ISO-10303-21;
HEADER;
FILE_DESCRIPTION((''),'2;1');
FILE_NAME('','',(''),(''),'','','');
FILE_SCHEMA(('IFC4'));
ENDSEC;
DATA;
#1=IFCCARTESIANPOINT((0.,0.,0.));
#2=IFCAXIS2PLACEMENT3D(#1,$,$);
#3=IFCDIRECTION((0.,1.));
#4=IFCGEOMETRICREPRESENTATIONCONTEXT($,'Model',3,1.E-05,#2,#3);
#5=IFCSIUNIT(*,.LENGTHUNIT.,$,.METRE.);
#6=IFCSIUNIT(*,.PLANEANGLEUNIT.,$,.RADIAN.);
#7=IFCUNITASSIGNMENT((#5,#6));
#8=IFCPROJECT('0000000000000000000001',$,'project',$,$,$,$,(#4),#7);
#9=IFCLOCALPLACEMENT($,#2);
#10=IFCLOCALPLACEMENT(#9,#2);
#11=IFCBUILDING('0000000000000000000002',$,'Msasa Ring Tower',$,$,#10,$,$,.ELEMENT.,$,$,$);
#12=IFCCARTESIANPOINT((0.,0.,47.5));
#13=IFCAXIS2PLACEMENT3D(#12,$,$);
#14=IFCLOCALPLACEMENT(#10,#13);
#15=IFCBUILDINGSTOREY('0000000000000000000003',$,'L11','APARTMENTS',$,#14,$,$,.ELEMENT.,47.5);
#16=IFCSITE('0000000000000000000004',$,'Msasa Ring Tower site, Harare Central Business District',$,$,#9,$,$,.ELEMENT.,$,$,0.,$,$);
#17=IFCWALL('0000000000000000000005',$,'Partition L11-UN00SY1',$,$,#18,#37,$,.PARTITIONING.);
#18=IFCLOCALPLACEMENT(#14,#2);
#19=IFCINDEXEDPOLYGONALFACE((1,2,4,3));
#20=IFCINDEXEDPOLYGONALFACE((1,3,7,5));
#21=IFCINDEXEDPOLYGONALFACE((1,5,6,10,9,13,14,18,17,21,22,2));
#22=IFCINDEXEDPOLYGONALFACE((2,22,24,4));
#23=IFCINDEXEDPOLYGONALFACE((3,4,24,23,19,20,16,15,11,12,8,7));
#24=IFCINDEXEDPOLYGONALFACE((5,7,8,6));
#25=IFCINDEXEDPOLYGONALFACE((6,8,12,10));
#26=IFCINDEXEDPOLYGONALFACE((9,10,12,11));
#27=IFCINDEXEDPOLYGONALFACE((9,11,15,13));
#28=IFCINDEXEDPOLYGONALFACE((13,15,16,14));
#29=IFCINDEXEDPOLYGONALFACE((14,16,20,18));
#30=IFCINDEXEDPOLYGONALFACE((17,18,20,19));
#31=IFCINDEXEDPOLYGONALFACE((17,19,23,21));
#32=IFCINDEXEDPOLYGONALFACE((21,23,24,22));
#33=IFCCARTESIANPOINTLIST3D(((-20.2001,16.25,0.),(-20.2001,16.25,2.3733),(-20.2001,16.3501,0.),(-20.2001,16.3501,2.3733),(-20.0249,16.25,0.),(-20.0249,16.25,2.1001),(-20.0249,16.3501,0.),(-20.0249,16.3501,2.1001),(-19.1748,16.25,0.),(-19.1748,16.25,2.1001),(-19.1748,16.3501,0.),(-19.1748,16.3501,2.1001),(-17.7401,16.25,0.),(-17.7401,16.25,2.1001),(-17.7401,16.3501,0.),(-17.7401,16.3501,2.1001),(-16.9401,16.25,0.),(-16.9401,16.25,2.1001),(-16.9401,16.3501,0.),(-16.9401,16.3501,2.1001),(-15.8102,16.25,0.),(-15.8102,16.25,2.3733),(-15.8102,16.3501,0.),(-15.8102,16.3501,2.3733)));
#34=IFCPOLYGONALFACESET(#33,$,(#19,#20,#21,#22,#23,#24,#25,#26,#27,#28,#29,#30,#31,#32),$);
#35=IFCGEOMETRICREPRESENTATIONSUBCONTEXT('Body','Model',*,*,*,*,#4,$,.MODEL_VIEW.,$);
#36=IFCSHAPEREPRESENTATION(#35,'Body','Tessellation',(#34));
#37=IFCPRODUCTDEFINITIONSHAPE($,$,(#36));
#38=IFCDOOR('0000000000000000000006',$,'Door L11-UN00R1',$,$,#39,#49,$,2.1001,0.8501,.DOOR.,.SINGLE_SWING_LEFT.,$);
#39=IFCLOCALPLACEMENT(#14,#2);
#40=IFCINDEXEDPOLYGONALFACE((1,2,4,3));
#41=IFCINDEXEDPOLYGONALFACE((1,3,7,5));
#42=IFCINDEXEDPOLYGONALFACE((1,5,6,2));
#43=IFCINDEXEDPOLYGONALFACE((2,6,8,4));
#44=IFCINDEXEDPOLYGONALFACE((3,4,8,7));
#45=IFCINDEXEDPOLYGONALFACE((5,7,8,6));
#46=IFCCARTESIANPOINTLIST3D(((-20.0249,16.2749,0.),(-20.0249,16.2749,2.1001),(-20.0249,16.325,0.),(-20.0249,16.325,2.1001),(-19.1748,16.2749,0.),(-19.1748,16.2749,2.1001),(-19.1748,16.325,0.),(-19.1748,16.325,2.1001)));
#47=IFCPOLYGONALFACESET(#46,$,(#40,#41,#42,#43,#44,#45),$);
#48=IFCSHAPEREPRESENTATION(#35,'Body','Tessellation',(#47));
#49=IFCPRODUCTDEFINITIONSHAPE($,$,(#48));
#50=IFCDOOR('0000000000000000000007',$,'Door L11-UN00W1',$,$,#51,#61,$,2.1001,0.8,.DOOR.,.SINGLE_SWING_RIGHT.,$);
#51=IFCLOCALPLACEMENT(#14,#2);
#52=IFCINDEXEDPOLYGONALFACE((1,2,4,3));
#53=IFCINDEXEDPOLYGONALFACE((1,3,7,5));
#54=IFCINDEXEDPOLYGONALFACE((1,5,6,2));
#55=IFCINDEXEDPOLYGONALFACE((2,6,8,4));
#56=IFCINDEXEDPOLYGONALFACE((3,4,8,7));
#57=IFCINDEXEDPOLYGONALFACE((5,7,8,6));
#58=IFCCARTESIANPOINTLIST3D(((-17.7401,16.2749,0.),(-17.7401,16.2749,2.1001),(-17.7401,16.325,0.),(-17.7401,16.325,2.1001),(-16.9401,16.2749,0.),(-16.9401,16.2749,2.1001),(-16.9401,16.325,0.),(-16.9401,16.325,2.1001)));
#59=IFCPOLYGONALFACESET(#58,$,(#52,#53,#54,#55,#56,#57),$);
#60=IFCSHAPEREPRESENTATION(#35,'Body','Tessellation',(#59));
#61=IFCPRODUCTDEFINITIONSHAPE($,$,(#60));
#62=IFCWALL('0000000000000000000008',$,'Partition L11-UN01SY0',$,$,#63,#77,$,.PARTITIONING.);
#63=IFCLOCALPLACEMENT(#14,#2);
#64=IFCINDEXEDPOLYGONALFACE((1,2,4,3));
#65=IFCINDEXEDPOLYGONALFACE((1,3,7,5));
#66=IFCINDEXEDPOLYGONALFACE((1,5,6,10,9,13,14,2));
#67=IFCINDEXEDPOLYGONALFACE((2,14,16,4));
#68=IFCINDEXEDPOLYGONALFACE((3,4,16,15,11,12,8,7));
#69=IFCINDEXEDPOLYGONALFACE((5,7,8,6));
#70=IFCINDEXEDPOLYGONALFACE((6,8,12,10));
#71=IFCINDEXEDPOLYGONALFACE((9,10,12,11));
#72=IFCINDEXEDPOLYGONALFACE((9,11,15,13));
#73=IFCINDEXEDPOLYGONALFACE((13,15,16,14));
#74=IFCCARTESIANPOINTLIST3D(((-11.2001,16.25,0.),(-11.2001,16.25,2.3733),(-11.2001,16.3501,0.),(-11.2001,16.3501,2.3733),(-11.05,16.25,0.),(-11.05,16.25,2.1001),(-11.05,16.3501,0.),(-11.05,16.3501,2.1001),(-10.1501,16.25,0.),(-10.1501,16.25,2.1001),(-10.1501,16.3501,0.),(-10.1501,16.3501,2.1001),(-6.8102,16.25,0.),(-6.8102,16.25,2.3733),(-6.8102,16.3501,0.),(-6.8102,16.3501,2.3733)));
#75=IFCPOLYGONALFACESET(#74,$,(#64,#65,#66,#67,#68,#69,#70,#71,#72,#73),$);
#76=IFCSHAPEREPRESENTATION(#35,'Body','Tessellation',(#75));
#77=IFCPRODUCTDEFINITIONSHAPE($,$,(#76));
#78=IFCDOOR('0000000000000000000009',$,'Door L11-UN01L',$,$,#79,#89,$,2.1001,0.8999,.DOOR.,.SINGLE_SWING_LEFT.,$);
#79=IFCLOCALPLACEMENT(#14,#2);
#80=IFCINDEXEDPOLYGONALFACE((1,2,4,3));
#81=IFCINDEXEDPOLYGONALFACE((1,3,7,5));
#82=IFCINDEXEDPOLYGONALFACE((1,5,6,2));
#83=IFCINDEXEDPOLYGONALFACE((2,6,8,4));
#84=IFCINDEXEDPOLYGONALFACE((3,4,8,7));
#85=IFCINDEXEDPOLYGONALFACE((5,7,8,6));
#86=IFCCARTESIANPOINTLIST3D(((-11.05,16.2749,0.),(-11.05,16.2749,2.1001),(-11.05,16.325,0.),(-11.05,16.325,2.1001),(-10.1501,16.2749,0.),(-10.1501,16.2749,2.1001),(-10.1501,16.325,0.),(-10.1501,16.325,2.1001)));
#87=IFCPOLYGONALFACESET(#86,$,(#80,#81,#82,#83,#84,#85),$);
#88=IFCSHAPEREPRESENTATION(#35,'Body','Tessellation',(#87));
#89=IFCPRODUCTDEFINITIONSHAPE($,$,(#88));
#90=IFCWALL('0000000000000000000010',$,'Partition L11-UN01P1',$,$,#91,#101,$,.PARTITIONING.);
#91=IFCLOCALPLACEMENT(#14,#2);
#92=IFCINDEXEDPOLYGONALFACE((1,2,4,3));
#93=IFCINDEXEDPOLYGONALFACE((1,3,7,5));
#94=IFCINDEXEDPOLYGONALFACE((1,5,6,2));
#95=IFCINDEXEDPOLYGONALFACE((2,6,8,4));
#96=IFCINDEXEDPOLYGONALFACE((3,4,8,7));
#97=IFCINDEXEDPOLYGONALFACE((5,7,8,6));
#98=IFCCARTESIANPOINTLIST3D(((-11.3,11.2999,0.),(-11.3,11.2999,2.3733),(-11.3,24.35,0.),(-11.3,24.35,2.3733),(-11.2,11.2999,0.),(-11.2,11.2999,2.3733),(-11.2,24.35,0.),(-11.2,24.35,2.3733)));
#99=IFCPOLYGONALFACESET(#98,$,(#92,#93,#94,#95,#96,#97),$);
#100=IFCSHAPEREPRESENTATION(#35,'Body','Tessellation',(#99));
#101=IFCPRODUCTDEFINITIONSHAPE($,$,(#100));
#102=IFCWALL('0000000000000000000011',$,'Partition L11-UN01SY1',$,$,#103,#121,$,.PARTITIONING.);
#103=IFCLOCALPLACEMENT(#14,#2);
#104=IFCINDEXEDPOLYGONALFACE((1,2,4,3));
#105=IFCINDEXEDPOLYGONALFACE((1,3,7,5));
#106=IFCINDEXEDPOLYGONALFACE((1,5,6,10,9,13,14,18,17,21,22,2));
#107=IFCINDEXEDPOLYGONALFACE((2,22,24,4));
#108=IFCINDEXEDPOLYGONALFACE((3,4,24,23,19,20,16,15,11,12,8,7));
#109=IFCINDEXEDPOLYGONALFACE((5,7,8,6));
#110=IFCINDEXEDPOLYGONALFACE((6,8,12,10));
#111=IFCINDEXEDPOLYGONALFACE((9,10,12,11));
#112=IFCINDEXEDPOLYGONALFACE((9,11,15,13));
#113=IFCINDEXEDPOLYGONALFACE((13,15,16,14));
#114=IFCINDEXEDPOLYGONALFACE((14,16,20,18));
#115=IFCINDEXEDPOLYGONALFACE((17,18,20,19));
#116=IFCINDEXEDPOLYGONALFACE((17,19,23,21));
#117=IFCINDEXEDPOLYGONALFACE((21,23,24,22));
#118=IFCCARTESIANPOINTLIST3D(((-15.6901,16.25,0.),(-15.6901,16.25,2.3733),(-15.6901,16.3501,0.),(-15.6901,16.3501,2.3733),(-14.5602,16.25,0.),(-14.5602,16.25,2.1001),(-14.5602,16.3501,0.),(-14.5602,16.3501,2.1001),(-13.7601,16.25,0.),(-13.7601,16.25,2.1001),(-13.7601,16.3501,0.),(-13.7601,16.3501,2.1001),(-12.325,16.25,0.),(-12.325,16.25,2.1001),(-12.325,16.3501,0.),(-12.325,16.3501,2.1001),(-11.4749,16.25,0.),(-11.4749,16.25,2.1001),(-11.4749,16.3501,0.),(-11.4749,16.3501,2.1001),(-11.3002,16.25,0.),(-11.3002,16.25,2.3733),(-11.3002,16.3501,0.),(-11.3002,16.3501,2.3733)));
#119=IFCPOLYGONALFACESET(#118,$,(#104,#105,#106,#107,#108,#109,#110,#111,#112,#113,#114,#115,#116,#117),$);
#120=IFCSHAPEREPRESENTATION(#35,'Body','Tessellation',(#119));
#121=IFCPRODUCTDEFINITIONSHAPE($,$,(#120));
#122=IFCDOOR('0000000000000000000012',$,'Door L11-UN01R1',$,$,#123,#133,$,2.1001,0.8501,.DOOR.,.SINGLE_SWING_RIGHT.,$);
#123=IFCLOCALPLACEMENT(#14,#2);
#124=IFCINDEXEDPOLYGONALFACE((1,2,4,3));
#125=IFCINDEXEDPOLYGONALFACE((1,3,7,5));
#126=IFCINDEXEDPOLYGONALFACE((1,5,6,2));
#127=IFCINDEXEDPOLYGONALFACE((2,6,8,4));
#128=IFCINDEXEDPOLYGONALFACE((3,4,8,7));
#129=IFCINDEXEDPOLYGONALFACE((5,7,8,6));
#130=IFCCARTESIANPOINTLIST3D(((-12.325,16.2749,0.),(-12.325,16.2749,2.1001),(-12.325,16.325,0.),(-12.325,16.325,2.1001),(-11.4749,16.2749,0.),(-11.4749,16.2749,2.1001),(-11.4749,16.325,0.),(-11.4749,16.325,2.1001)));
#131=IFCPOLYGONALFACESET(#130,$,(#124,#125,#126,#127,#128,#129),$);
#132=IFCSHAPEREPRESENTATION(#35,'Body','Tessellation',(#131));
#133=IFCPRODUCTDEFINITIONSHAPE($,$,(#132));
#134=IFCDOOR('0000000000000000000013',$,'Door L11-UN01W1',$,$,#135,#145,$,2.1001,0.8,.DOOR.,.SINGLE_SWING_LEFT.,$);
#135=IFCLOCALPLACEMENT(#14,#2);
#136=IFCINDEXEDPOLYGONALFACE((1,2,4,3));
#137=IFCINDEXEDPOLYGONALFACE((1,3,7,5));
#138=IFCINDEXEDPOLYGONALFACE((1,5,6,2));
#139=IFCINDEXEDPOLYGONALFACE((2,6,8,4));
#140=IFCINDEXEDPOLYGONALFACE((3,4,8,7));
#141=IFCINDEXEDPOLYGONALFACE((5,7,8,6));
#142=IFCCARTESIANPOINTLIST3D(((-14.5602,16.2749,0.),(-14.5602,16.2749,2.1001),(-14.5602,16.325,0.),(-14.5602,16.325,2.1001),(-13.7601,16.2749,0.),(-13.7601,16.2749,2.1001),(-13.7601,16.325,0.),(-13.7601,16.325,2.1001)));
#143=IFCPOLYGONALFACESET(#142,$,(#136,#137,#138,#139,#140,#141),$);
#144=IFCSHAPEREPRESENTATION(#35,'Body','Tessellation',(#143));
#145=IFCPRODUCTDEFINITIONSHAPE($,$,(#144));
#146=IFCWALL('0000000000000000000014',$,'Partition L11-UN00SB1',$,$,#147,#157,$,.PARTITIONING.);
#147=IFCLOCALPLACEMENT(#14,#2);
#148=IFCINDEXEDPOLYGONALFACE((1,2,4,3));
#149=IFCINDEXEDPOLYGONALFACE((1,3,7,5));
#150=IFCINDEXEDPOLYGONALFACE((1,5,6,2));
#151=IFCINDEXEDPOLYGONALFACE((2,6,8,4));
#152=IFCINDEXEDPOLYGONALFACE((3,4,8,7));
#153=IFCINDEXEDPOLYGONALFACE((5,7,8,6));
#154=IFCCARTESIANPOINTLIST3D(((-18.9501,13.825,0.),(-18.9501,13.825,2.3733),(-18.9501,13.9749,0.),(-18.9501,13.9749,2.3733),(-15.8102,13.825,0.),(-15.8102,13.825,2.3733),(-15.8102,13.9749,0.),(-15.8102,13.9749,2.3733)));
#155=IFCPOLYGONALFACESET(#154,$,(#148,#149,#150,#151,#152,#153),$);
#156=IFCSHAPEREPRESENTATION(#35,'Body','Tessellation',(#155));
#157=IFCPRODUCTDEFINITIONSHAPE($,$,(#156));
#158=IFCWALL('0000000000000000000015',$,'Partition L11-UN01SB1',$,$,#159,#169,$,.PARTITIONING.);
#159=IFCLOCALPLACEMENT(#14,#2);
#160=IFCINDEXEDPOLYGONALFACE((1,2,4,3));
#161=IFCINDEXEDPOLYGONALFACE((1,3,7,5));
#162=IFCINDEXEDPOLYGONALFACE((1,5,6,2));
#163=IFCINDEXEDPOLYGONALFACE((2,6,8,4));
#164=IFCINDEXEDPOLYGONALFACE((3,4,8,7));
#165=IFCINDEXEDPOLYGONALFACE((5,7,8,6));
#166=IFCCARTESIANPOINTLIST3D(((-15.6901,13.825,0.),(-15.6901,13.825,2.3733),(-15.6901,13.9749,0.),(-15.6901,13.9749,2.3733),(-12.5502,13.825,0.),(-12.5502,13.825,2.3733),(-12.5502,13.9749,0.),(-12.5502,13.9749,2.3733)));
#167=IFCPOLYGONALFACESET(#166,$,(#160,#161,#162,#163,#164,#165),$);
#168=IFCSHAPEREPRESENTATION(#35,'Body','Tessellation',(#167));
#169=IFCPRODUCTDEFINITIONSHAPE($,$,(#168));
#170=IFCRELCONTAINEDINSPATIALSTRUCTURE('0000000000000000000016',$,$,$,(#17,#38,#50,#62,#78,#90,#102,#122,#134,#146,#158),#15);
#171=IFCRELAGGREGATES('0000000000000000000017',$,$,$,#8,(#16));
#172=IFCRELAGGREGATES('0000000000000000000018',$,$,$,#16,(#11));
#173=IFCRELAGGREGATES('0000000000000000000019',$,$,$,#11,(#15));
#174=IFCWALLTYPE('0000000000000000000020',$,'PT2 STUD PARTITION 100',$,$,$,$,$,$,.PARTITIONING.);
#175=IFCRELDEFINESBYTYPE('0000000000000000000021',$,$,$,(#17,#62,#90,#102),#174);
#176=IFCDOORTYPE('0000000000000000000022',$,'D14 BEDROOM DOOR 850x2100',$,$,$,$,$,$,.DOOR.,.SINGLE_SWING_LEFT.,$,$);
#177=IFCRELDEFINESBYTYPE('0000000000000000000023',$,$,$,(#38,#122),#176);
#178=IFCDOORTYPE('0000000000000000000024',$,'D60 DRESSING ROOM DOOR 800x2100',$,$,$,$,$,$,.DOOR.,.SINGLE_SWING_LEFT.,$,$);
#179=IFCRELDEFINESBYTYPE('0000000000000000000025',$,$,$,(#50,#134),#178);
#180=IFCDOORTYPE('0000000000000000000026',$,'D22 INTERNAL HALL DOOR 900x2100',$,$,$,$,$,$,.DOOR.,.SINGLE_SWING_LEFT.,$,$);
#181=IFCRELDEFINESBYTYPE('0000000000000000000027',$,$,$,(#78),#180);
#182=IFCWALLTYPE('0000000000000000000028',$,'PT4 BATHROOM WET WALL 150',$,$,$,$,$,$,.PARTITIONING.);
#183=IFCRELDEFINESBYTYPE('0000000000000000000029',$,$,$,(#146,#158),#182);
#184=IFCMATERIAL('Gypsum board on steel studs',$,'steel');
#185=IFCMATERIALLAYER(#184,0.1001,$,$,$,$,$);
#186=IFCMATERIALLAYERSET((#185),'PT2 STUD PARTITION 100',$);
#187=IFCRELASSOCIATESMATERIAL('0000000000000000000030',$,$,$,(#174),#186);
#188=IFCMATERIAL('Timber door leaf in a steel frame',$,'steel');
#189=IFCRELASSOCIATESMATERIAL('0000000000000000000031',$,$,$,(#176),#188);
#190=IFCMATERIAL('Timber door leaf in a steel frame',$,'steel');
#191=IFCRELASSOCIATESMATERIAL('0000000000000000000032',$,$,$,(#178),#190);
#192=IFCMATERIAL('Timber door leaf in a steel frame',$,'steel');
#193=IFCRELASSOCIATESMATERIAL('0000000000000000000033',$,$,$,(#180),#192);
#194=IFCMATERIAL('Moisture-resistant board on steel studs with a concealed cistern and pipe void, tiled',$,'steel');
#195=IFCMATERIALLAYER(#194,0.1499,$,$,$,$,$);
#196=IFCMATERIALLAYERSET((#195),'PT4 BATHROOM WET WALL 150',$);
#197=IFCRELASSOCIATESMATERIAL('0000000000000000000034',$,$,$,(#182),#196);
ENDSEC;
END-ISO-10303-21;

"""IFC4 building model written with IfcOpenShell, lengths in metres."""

from ifc_helpers import new_model, si_unit, direction, frame, frame_2d, origin, place, context, subcontext, project, spatial, rectangle, extrude, material, layer, layer_set, type_object, element, fill, save


model = new_model("IFC4")

# Units and contexts
model_context = context("Model", 3, precision=1e-05, world=origin(), true_north=direction((0.0, 1.0)))
body_context = subcontext(model_context, "Body", "Model", "MODEL_VIEW")
ifc_project = project(units=[si_unit("LENGTHUNIT", "METRE"), si_unit("PLANEANGLEUNIT", "RADIAN")], contexts=[model_context])

# Site, building, storey
site_placement = place(None, origin())
site = spatial("IfcSite", under=ifc_project, at=site_placement, Name="Msasa Ring Tower site, Harare Central Business District", CompositionType="ELEMENT", RefElevation=0.0)
building_placement = place(site_placement, origin())
building = spatial("IfcBuilding", under=site, at=building_placement, Name="Msasa Ring Tower", CompositionType="ELEMENT")
storey_placement = place(building_placement, frame((0.0, 0.0, 47.5)))
storey = spatial("IfcBuildingStorey", under=building, at=storey_placement, Name="L11", Description="APARTMENTS", CompositionType="ELEMENT", Elevation=47.5)

# Wall, openings, doors
ifc_material_1 = material(Name="Gypsum board on steel studs", Category="steel")
ifc_layer_1 = layer(ifc_material_1, 0.1001)
ifc_layer_set_1 = layer_set([ifc_layer_1], Name="PT2 STUD PARTITION 100")
wall_type_1 = type_object("IfcWallType", Name="PT2 STUD PARTITION 100", PredefinedType="PARTITIONING", material=ifc_layer_set_1)
wall_1_placement = place(storey_placement, frame((-20.2, 16.3, 0.0), z_axis=(0.0, 0.0, 1.0), x_axis=(1.0, 0.0, 0.0)))
wall_1 = element("IfcWall", 1, at=wall_1_placement, inside=storey, type_object=wall_type_1, Name="Partition L11-UN00SY1", PredefinedType="PARTITIONING", context=body_context, shape_type="SweptSolid", body=[
    extrude(rectangle(XDim=4.3899, YDim=0.1001, at=frame_2d((2.1948, 0.0))), origin(), (0.0, 0.0, 1.0), 2.3733),
])
opening_1_placement = place(wall_1_placement, frame((0.175, 0.0, 0.0)))
opening_1 = element("IfcOpeningElement", 2, at=opening_1_placement, cuts=wall_1, PredefinedType="OPENING", context=body_context, shape_type="SweptSolid", body=[
    extrude(rectangle(XDim=0.8501, YDim=2.1001, at=frame_2d((0.425, 1.05))), frame((0.0, 0.0601, 0.0), z_axis=(0.0, -1.0, 0.0), x_axis=(1.0, 0.0, 0.0)), (0.0, 0.0, 1.0), 0.1201),
])
opening_2_placement = place(wall_1_placement, frame((2.46, 0.0, 0.0)))
opening_2 = element("IfcOpeningElement", 3, at=opening_2_placement, cuts=wall_1, PredefinedType="OPENING", context=body_context, shape_type="SweptSolid", body=[
    extrude(rectangle(XDim=0.8, YDim=2.1001, at=frame_2d((0.3999, 1.05))), frame((0.0, 0.0601, 0.0), z_axis=(0.0, -1.0, 0.0), x_axis=(1.0, 0.0, 0.0)), (0.0, 0.0, 1.0), 0.1201),
])
ifc_material_2 = material(Name="Timber door leaf in a steel frame", Category="steel")
door_type_1 = type_object("IfcDoorType", Name="D14 BEDROOM DOOR 850x2100", OperationType="SINGLE_SWING_LEFT", PredefinedType="DOOR", material=ifc_material_2)
door_1_placement = place(opening_1_placement, origin())
door_1 = element("IfcDoor", 4, at=door_1_placement, inside=storey, type_object=door_type_1, Name="Door L11-UN00R1", OperationType="SINGLE_SWING_LEFT", OverallHeight=2.1001, OverallWidth=0.8501, PredefinedType="DOOR", context=body_context, shape_type="SweptSolid", body=[
    extrude(rectangle(XDim=0.8501, YDim=2.1001, at=frame_2d((0.425, 1.05))), frame((0.0, 0.0249, 0.0), z_axis=(0.0, -1.0, 0.0), x_axis=(1.0, 0.0, 0.0)), (0.0, 0.0, 1.0), 0.05),
])
fill(opening_1, door_1)
ifc_material_3 = material(Name="Timber door leaf in a steel frame", Category="steel")
door_type_2 = type_object("IfcDoorType", Name="D60 DRESSING ROOM DOOR 800x2100", OperationType="SINGLE_SWING_LEFT", PredefinedType="DOOR", material=ifc_material_3)
door_2_placement = place(opening_2_placement, origin())
door_2 = element("IfcDoor", 5, at=door_2_placement, inside=storey, type_object=door_type_2, Name="Door L11-UN00W1", OperationType="SINGLE_SWING_RIGHT", OverallHeight=2.1001, OverallWidth=0.8, PredefinedType="DOOR", context=body_context, shape_type="SweptSolid", body=[
    extrude(rectangle(XDim=0.8, YDim=2.1001, at=frame_2d((0.3999, 1.05))), frame((0.0, 0.0249, 0.0), z_axis=(0.0, -1.0, 0.0), x_axis=(1.0, 0.0, 0.0)), (0.0, 0.0, 1.0), 0.05),
])
fill(opening_2, door_2)

# Wall, opening, door
wall_2_placement = place(storey_placement, frame((-11.2, 16.3, 0.0), z_axis=(0.0, 0.0, 1.0), x_axis=(1.0, 0.0, 0.0)))
wall_2 = element("IfcWall", 6, at=wall_2_placement, inside=storey, type_object=wall_type_1, Name="Partition L11-UN01SY0", PredefinedType="PARTITIONING", context=body_context, shape_type="SweptSolid", body=[
    extrude(rectangle(XDim=4.3899, YDim=0.1001, at=frame_2d((2.1948, 0.0))), origin(), (0.0, 0.0, 1.0), 2.3733),
])
opening_3_placement = place(wall_2_placement, frame((0.1499, 0.0, 0.0)))
opening_3 = element("IfcOpeningElement", 7, at=opening_3_placement, cuts=wall_2, PredefinedType="OPENING", context=body_context, shape_type="SweptSolid", body=[
    extrude(rectangle(XDim=0.8999, YDim=2.1001, at=frame_2d((0.45, 1.05))), frame((0.0, 0.0601, 0.0), z_axis=(0.0, -1.0, 0.0), x_axis=(1.0, 0.0, 0.0)), (0.0, 0.0, 1.0), 0.1201),
])
ifc_material_4 = material(Name="Timber door leaf in a steel frame", Category="steel")
door_type_3 = type_object("IfcDoorType", Name="D22 INTERNAL HALL DOOR 900x2100", OperationType="SINGLE_SWING_LEFT", PredefinedType="DOOR", material=ifc_material_4)
door_3_placement = place(opening_3_placement, origin())
door_3 = element("IfcDoor", 8, at=door_3_placement, inside=storey, type_object=door_type_3, Name="Door L11-UN01L", OperationType="SINGLE_SWING_LEFT", OverallHeight=2.1001, OverallWidth=0.8999, PredefinedType="DOOR", context=body_context, shape_type="SweptSolid", body=[
    extrude(rectangle(XDim=0.8999, YDim=2.1001, at=frame_2d((0.45, 1.05))), frame((0.0, 0.0249, 0.0), z_axis=(0.0, -1.0, 0.0), x_axis=(1.0, 0.0, 0.0)), (0.0, 0.0, 1.0), 0.05),
])
fill(opening_3, door_3)

# Wall
wall_3_placement = place(storey_placement, frame((-11.25, 11.3, 0.0), z_axis=(0.0, 0.0, 1.0), x_axis=(0.0, 1.0, 0.0)))
element("IfcWall", 9, at=wall_3_placement, inside=storey, type_object=wall_type_1, Name="Partition L11-UN01P1", PredefinedType="PARTITIONING", context=body_context, shape_type="SweptSolid", body=[
    extrude(rectangle(XDim=13.05, YDim=0.1001, at=frame_2d((6.5249, 0.0))), origin(), (0.0, 0.0, 1.0), 2.3733),
])

# Wall, openings, doors
wall_4_placement = place(storey_placement, frame((-15.6899, 16.3, 0.0), z_axis=(0.0, 0.0, 1.0), x_axis=(1.0, 0.0, 0.0)))
wall_4 = element("IfcWall", 10, at=wall_4_placement, inside=storey, type_object=wall_type_1, Name="Partition L11-UN01SY1", PredefinedType="PARTITIONING", context=body_context, shape_type="SweptSolid", body=[
    extrude(rectangle(XDim=4.3899, YDim=0.1001, at=frame_2d((2.1948, 0.0))), origin(), (0.0, 0.0, 1.0), 2.3733),
])
opening_4_placement = place(wall_4_placement, frame((3.365, 0.0, 0.0)))
opening_4 = element("IfcOpeningElement", 11, at=opening_4_placement, cuts=wall_4, PredefinedType="OPENING", context=body_context, shape_type="SweptSolid", body=[
    extrude(rectangle(XDim=0.8501, YDim=2.1001, at=frame_2d((0.425, 1.05))), frame((0.0, 0.0601, 0.0), z_axis=(0.0, -1.0, 0.0), x_axis=(1.0, 0.0, 0.0)), (0.0, 0.0, 1.0), 0.1201),
])
opening_5_placement = place(wall_4_placement, frame((1.1299, 0.0, 0.0)))
opening_5 = element("IfcOpeningElement", 12, at=opening_5_placement, cuts=wall_4, PredefinedType="OPENING", context=body_context, shape_type="SweptSolid", body=[
    extrude(rectangle(XDim=0.8, YDim=2.1001, at=frame_2d((0.3999, 1.05))), frame((0.0, 0.0601, 0.0), z_axis=(0.0, -1.0, 0.0), x_axis=(1.0, 0.0, 0.0)), (0.0, 0.0, 1.0), 0.1201),
])
door_4_placement = place(opening_4_placement, origin())
door_4 = element("IfcDoor", 13, at=door_4_placement, inside=storey, type_object=door_type_1, Name="Door L11-UN01R1", OperationType="SINGLE_SWING_RIGHT", OverallHeight=2.1001, OverallWidth=0.8501, PredefinedType="DOOR", context=body_context, shape_type="SweptSolid", body=[
    extrude(rectangle(XDim=0.8501, YDim=2.1001, at=frame_2d((0.425, 1.05))), frame((0.0, 0.0249, 0.0), z_axis=(0.0, -1.0, 0.0), x_axis=(1.0, 0.0, 0.0)), (0.0, 0.0, 1.0), 0.05),
])
fill(opening_4, door_4)
door_5_placement = place(opening_5_placement, origin())
door_5 = element("IfcDoor", 14, at=door_5_placement, inside=storey, type_object=door_type_2, Name="Door L11-UN01W1", OperationType="SINGLE_SWING_LEFT", OverallHeight=2.1001, OverallWidth=0.8, PredefinedType="DOOR", context=body_context, shape_type="SweptSolid", body=[
    extrude(rectangle(XDim=0.8, YDim=2.1001, at=frame_2d((0.3999, 1.05))), frame((0.0, 0.0249, 0.0), z_axis=(0.0, -1.0, 0.0), x_axis=(1.0, 0.0, 0.0)), (0.0, 0.0, 1.0), 0.05),
])
fill(opening_5, door_5)

# Walls
ifc_material_5 = material(Name="Moisture-resistant board on steel studs with a concealed cistern and pipe void, tiled", Category="steel")
ifc_layer_2 = layer(ifc_material_5, 0.1499)
ifc_layer_set_2 = layer_set([ifc_layer_2], Name="PT4 BATHROOM WET WALL 150")
wall_type_2 = type_object("IfcWallType", Name="PT4 BATHROOM WET WALL 150", PredefinedType="PARTITIONING", material=ifc_layer_set_2)
for number, where, z_axis, x_axis, name in (
    (15, (-18.95, 13.8999, 0.0), (0.0, 0.0, 1.0), (1.0, 0.0, 0.0), "Partition L11-UN00SB1"),
    (16, (-15.6899, 13.8999, 0.0), (0.0, 0.0, 1.0), (1.0, 0.0, 0.0), "Partition L11-UN01SB1"),
):
    element("IfcWall", number, at=place(storey_placement, frame(where, z_axis=z_axis, x_axis=x_axis)), inside=storey, type_object=wall_type_2, Name=name, PredefinedType="PARTITIONING", context=body_context, shape_type="SweptSolid", body=[
        extrude(rectangle(XDim=3.1399, YDim=0.1499, at=frame_2d((1.5698, 0.0))), origin(), (0.0, 0.0, 1.0), 2.3733),
    ])

save(model, "model.ifc")
